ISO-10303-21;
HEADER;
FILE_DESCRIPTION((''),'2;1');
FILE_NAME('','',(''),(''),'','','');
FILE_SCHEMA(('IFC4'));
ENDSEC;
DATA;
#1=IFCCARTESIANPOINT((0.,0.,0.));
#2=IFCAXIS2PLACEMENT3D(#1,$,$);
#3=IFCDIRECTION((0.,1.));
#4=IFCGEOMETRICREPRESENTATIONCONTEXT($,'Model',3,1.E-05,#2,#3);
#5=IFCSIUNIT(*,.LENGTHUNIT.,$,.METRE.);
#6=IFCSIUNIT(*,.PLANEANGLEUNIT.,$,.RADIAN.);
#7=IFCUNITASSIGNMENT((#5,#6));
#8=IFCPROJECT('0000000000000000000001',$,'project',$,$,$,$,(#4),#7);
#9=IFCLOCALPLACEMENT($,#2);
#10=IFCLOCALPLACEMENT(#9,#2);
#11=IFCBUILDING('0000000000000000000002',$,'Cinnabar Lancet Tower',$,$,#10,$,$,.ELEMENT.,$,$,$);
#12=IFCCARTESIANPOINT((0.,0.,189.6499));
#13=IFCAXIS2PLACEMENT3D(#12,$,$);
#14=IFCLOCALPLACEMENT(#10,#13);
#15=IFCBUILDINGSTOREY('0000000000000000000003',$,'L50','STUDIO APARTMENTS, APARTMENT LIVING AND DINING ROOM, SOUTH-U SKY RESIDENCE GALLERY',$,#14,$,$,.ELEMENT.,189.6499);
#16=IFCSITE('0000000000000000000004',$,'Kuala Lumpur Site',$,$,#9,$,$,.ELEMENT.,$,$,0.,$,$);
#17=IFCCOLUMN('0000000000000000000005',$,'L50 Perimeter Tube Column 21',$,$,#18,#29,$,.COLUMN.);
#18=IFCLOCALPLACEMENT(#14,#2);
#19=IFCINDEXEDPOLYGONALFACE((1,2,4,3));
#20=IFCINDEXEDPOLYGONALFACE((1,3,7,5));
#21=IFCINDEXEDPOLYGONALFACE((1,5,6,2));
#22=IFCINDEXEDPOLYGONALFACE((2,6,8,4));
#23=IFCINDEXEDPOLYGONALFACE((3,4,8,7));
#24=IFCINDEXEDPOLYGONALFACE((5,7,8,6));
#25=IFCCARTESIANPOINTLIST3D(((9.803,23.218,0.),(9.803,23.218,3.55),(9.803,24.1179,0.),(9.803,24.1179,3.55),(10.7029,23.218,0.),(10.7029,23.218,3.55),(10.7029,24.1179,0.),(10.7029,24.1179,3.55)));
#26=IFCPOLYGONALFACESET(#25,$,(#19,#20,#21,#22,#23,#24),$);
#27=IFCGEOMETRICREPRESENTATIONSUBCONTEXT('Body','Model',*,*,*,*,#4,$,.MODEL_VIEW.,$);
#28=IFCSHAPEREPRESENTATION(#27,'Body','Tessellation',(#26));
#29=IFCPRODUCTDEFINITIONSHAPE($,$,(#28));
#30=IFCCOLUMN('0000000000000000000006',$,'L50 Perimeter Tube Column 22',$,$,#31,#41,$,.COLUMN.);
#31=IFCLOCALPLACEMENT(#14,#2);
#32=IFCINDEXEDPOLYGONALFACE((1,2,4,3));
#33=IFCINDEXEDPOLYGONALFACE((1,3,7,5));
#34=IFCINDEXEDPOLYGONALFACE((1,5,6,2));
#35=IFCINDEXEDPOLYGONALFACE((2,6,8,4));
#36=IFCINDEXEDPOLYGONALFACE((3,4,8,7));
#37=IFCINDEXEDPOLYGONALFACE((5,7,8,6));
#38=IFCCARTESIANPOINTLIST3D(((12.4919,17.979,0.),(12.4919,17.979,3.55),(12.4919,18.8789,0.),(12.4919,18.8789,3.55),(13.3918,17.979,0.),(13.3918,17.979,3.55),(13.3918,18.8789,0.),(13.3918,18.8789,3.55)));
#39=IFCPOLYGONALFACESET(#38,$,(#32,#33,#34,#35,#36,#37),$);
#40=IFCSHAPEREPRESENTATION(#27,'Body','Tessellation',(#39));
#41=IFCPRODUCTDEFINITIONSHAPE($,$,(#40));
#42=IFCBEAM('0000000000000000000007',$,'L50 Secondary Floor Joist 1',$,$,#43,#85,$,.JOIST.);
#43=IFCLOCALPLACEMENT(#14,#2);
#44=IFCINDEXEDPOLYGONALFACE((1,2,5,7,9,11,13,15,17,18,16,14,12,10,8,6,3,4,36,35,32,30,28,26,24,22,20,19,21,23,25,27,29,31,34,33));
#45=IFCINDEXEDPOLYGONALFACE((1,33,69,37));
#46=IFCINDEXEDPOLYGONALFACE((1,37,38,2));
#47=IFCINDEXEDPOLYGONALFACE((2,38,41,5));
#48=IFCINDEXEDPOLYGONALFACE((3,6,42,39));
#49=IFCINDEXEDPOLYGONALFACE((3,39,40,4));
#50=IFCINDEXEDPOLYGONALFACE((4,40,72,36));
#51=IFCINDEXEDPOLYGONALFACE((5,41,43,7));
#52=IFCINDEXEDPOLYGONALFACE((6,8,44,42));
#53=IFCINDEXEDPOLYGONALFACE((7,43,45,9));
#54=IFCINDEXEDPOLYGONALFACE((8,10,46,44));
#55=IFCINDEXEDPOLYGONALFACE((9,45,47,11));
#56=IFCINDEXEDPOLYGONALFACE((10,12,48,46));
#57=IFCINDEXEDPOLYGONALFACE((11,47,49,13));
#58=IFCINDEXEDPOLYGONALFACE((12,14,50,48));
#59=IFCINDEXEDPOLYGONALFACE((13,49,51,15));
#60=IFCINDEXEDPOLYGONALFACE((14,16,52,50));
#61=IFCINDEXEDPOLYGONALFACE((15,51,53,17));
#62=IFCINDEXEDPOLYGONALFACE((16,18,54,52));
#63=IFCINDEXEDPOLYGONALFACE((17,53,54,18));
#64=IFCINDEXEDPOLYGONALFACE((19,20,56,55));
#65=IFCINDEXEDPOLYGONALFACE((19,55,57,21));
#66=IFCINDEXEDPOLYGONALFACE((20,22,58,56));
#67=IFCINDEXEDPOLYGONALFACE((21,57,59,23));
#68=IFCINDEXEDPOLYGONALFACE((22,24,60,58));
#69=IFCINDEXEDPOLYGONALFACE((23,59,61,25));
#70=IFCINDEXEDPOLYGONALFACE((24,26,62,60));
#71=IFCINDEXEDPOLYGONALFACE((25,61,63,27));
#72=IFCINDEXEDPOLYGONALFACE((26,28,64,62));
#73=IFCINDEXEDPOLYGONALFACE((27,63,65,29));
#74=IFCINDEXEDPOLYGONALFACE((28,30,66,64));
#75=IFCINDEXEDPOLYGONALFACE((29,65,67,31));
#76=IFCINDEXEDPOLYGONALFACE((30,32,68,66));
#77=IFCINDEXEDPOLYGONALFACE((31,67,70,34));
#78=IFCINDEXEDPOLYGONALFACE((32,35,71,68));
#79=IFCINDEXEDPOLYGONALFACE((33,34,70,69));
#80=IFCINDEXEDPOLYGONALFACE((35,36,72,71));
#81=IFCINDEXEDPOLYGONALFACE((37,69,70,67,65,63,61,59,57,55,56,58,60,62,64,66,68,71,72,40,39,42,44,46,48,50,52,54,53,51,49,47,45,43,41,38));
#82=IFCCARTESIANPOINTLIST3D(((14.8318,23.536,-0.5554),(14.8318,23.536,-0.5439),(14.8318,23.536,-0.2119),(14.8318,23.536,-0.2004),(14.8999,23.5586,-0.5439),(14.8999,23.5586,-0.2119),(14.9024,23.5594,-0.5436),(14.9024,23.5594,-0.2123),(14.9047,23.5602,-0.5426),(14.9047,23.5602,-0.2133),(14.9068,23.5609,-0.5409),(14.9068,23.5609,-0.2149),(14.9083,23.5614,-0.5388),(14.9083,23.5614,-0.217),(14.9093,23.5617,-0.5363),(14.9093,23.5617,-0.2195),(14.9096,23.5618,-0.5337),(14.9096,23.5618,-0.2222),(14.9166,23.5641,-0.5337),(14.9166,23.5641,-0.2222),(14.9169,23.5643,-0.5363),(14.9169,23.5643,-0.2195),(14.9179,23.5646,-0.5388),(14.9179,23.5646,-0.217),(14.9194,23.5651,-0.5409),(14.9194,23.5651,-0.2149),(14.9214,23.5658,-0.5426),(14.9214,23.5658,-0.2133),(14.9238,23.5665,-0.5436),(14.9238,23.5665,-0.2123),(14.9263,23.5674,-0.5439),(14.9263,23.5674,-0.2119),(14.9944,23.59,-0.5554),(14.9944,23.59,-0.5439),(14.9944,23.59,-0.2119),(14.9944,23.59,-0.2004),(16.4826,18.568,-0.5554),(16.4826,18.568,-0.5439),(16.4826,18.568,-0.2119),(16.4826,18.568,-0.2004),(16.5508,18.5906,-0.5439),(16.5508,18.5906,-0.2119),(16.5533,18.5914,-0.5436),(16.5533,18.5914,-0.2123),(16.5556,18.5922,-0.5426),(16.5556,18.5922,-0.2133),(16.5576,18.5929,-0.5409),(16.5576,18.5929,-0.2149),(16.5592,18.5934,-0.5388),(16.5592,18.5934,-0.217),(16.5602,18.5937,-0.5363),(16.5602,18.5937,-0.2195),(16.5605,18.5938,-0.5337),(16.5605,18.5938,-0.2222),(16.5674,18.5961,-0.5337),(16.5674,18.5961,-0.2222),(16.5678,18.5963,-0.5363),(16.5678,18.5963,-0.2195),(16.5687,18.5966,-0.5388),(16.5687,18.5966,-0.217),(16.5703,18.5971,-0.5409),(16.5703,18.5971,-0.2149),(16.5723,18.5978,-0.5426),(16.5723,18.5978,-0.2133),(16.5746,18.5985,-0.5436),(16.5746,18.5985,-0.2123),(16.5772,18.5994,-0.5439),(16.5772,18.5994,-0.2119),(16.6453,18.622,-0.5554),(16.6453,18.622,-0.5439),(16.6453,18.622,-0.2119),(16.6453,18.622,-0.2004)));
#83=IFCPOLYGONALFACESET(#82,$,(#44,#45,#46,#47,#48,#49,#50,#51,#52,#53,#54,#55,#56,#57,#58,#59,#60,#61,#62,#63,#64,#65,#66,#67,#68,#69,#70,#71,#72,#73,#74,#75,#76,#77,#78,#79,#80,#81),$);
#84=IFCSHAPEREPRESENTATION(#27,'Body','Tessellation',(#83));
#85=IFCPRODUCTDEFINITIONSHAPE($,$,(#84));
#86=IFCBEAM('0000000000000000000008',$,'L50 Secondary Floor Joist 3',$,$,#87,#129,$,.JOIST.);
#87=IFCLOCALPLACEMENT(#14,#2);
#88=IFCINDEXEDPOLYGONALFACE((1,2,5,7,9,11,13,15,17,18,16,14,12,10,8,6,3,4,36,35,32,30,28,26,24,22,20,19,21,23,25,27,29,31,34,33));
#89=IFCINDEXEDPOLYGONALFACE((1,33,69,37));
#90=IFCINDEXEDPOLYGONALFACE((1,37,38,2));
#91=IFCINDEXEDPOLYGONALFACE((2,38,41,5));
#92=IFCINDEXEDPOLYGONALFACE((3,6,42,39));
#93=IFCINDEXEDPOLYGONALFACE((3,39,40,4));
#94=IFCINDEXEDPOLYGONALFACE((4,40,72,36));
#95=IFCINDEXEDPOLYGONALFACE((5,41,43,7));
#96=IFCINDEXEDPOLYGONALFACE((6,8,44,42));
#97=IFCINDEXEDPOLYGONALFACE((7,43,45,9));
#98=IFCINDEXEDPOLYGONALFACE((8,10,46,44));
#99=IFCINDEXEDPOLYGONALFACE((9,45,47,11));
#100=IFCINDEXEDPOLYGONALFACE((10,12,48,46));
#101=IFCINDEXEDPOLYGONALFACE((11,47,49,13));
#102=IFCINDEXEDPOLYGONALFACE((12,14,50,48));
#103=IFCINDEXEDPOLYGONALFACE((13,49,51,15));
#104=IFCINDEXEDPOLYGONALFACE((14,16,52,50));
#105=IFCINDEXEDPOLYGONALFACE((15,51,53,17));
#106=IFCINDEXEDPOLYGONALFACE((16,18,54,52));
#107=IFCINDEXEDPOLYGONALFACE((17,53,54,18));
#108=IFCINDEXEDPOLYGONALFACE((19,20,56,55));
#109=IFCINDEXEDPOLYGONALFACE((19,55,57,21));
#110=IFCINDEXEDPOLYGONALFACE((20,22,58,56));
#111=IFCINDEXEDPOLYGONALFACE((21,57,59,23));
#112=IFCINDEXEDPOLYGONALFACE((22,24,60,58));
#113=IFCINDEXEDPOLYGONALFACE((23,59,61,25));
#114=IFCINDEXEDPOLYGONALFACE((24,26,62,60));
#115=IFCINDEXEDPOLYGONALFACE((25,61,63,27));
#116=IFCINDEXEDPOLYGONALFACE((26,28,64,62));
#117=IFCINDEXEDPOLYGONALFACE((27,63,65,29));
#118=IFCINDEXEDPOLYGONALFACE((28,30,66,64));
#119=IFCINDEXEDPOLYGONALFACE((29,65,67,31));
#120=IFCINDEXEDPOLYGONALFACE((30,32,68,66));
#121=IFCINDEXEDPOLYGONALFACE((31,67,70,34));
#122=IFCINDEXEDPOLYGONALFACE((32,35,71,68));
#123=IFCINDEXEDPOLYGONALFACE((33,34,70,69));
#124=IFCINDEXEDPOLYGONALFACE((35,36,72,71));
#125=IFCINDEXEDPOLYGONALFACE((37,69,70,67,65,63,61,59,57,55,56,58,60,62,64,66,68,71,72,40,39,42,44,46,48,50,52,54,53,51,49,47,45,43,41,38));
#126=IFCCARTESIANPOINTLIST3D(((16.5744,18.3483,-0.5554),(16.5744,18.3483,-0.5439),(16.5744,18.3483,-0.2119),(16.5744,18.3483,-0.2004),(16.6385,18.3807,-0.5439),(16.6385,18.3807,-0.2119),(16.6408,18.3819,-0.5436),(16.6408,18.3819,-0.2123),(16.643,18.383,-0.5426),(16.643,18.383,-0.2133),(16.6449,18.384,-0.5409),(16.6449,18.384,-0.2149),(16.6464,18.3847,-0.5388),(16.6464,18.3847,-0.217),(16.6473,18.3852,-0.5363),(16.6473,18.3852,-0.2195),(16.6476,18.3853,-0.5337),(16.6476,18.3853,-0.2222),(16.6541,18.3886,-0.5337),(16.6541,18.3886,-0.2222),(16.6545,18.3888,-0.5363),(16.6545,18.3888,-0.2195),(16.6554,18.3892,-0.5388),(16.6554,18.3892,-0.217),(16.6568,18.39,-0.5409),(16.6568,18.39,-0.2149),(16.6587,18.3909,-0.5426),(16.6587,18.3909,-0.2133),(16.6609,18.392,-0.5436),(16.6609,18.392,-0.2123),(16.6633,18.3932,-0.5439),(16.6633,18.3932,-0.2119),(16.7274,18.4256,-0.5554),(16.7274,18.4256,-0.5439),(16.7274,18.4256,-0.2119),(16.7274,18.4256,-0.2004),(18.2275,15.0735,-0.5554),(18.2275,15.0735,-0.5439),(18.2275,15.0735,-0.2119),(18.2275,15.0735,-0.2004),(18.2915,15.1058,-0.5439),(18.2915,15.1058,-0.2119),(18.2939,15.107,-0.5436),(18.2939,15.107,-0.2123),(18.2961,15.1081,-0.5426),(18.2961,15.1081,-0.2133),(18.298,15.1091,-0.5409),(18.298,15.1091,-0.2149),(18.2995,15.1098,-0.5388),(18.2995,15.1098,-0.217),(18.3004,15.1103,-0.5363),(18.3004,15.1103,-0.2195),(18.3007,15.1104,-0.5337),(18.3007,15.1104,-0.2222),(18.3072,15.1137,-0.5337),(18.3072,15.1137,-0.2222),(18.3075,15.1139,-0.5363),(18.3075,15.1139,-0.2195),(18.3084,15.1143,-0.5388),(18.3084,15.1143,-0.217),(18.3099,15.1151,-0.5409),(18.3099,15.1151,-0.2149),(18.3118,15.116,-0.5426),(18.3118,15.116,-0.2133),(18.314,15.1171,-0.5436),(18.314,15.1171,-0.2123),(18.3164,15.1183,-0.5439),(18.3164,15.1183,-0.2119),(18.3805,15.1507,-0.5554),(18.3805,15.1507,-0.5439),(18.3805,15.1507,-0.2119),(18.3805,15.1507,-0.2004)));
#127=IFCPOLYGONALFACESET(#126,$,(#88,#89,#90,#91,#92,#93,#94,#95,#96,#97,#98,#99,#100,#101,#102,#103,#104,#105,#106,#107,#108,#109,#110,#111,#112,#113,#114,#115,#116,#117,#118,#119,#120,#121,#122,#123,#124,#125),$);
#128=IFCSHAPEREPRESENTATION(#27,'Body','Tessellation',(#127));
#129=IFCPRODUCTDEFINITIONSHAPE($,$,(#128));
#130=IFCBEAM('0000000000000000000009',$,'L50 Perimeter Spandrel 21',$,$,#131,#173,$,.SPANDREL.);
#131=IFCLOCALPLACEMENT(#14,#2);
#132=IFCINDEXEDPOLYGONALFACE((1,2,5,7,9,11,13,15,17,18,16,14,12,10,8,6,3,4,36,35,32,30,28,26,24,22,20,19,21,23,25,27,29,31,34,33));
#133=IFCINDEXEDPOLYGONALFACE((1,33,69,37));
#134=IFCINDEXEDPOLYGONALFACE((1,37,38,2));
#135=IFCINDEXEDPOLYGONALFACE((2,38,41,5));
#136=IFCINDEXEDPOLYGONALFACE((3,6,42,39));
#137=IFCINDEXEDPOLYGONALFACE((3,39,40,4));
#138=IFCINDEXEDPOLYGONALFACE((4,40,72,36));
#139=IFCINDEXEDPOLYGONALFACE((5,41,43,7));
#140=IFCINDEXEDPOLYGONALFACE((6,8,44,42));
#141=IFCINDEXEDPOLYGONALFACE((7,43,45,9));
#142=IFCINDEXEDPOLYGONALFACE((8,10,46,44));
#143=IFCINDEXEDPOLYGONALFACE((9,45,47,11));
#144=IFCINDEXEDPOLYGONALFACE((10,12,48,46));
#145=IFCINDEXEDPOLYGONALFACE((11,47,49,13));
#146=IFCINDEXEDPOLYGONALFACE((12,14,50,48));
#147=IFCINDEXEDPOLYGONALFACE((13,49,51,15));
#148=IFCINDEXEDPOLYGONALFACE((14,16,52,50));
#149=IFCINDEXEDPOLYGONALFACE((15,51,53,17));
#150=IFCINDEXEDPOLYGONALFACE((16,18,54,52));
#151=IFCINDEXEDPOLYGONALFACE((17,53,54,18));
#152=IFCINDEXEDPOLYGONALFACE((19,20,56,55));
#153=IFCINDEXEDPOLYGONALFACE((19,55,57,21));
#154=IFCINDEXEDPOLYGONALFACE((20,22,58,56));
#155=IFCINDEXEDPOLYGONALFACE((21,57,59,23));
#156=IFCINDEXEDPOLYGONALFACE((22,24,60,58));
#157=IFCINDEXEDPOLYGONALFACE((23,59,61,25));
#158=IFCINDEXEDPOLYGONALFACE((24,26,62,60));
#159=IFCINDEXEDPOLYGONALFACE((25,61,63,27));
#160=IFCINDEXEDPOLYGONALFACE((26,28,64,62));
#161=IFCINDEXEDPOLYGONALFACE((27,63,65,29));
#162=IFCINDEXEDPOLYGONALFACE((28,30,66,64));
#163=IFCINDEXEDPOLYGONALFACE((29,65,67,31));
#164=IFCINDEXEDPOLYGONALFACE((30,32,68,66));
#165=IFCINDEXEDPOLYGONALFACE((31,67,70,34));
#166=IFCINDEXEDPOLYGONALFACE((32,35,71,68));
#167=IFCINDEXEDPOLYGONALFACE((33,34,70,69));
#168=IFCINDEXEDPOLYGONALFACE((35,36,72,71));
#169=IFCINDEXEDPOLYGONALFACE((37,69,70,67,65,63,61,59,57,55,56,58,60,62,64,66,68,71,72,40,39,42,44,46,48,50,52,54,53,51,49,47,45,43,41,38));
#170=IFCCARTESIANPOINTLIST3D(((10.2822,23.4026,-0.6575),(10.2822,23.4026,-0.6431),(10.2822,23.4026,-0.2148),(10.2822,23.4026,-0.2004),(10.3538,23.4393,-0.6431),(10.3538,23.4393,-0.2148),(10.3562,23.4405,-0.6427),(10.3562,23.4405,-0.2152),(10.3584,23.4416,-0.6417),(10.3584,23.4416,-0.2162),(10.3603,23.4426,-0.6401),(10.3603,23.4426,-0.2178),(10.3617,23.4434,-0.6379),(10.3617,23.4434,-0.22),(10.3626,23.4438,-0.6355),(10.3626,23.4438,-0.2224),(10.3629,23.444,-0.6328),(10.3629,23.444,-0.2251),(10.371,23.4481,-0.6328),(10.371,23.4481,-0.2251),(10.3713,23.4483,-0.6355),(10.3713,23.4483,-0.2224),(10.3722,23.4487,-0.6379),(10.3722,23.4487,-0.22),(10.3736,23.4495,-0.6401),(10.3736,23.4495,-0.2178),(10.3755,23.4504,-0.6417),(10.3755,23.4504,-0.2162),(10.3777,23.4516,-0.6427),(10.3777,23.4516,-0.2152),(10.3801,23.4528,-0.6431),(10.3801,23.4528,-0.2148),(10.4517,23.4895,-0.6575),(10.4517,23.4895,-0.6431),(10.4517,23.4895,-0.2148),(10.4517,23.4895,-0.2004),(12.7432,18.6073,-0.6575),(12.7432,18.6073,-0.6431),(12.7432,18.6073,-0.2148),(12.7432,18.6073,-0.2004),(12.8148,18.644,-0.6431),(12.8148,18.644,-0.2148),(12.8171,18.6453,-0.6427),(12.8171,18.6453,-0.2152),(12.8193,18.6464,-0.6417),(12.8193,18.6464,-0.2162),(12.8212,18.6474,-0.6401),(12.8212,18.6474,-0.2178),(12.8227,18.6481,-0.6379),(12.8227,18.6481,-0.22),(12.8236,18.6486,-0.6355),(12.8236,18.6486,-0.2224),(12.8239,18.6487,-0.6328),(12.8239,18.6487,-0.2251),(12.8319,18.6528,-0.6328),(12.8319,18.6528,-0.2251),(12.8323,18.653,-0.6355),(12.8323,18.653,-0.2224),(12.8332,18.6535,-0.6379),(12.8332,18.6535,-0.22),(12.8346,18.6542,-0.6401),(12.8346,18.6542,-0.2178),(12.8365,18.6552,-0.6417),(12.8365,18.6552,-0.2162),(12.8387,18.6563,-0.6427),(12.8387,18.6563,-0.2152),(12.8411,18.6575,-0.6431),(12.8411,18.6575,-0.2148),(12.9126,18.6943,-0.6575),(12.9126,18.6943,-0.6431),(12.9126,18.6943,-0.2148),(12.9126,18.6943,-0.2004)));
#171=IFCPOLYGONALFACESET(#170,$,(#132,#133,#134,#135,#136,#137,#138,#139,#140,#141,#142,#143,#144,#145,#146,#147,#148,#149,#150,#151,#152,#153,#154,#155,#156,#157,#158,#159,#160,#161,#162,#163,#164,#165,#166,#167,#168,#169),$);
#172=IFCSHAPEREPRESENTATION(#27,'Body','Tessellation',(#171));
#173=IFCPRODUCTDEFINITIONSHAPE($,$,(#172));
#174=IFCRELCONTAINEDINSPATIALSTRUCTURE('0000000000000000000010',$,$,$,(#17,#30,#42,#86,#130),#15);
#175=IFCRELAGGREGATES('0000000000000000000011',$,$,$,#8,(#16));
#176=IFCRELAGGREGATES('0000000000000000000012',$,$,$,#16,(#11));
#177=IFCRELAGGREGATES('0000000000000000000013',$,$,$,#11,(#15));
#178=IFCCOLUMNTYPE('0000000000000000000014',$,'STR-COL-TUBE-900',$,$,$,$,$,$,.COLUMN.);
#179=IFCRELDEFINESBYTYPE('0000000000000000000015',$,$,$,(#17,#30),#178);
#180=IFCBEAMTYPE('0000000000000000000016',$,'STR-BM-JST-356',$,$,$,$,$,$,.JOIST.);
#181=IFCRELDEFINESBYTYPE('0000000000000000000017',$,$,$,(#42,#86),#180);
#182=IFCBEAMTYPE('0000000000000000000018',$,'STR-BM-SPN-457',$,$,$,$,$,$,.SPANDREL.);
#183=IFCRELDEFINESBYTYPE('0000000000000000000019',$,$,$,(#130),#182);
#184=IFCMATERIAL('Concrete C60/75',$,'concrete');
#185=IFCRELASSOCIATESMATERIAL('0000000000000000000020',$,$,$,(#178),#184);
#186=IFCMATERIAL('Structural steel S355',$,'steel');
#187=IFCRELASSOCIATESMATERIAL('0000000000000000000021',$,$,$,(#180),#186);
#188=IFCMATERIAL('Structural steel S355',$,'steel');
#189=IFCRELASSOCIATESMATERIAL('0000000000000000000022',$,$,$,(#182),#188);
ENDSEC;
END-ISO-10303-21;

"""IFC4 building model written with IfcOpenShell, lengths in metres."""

from ifc_helpers import new_model, si_unit, direction, frame, origin, origin_2d, place, context, subcontext, project, spatial, rectangle, i_section, extrude, material, material_profile, profile_set, type_object, element, save


model = new_model("IFC4")

# Units and contexts
model_context = context("Model", 3, precision=1e-05, world=origin(), true_north=direction((0.0, 1.0)))
body_context = subcontext(model_context, "Body", "Model", "MODEL_VIEW")
ifc_project = project(units=[si_unit("LENGTHUNIT", "METRE"), si_unit("PLANEANGLEUNIT", "RADIAN")], contexts=[model_context])

# Site, building, storey
site_placement = place(None, origin())
site = spatial("IfcSite", under=ifc_project, at=site_placement, Name="Kuala Lumpur Site", CompositionType="ELEMENT", RefElevation=0.0)
building_placement = place(site_placement, origin())
building = spatial("IfcBuilding", under=site, at=building_placement, Name="Cinnabar Lancet Tower", CompositionType="ELEMENT")
storey_placement = place(building_placement, frame((0.0, 0.0, 189.6499)))
storey = spatial("IfcBuildingStorey", under=building, at=storey_placement, Name="L50", Description="STUDIO APARTMENTS, APARTMENT LIVING AND DINING ROOM, SOUTH-U SKY RESIDENCE GALLERY", CompositionType="ELEMENT", Elevation=189.6499)

# Columns
ifc_material_1 = material(Name="Concrete C60/75", Category="concrete")
ifc_material_profile_1 = material_profile(ifc_material_1, rectangle(XDim=0.8999, YDim=0.8999, at=origin_2d()), Name="RC-COL 900x900")
ifc_profile_set_1 = profile_set([ifc_material_profile_1], Name="Concrete C60/75")
column_type = type_object("IfcColumnType", Name="STR-COL-TUBE-900", PredefinedType="COLUMN", material=ifc_profile_set_1)
for number, where, z_axis, x_axis, name in (
    (1, (10.2529, 23.668, 0.0), (0.0, 0.0, 1.0), (1.0, 0.0, 0.0), "L50 Perimeter Tube Column 21"),
    (2, (12.9419, 18.429, 0.0), (0.0, 0.0, 1.0), (1.0, 0.0, 0.0), "L50 Perimeter Tube Column 22"),
):
    element("IfcColumn", number, at=place(storey_placement, frame(where, z_axis=z_axis, x_axis=x_axis)), inside=storey, type_object=column_type, Name=name, PredefinedType="COLUMN", context=body_context, shape_type="SweptSolid", body=[
        extrude(rectangle(XDim=0.8999, YDim=0.8999, at=origin_2d()), origin(), (0.0, 0.0, 1.0), 3.55),
    ])

# Beams
ifc_material_2 = material(Name="Structural steel S355", Category="steel")
ifc_material_profile_2 = material_profile(ifc_material_2, i_section(OverallWidth=0.1714, OverallDepth=0.355, WebThickness=0.0073, FlangeThickness=0.0115, FilletRadius=0.0103, at=origin_2d()), Name="UKB 356x171x51")
ifc_profile_set_2 = profile_set([ifc_material_profile_2], Name="Structural steel S355")
beam_type_1 = type_object("IfcBeamType", Name="STR-BM-JST-356", PredefinedType="JOIST", material=ifc_profile_set_2)
beam_1_placement = place(storey_placement, frame((14.9131, 23.563, -0.3779), z_axis=(0.315346, -0.948977, 0.0), x_axis=(0.948977, 0.315346, 0.0)))
element("IfcBeam", 3, at=beam_1_placement, inside=storey, type_object=beam_type_1, Name="L50 Secondary Floor Joist 1", PredefinedType="JOIST", context=body_context, shape_type="SweptSolid", body=[
    extrude(i_section(OverallWidth=0.1714, OverallDepth=0.355, WebThickness=0.0073, FlangeThickness=0.0115, FilletRadius=0.0103, at=origin_2d()), origin(), (0.0, 0.0, 1.0), 5.2351),
])
beam_2_placement = place(storey_placement, frame((16.6509, 18.387, -0.3779), z_axis=(0.450618, -0.892717, 0.0), x_axis=(0.892717, 0.450618, 0.0)))
element("IfcBeam", 4, at=beam_2_placement, inside=storey, type_object=beam_type_1, Name="L50 Secondary Floor Joist 3", PredefinedType="JOIST", context=body_context, shape_type="SweptSolid", body=[
    extrude(i_section(OverallWidth=0.1714, OverallDepth=0.355, WebThickness=0.0073, FlangeThickness=0.0115, FilletRadius=0.0103, at=origin_2d()), origin(), (0.0, 0.0, 1.0), 3.6685),
])
ifc_material_3 = material(Name="Structural steel S355", Category="steel")
ifc_material_profile_3 = material_profile(ifc_material_3, i_section(OverallWidth=0.1904, OverallDepth=0.457, WebThickness=0.009, FlangeThickness=0.0144, FilletRadius=0.0103, at=origin_2d()), Name="UKB 457x191x74")
ifc_profile_set_3 = profile_set([ifc_material_profile_3], Name="Structural steel S355")
beam_type_2 = type_object("IfcBeamType", Name="STR-BM-SPN-457", PredefinedType="SPANDREL", material=ifc_profile_set_3)
beam_3_placement = place(storey_placement, frame((10.3669, 23.446, -0.429), z_axis=(0.456593, -0.889676, 0.0), x_axis=(0.889676, 0.456593, 0.0)))
element("IfcBeam", 5, at=beam_3_placement, inside=storey, type_object=beam_type_2, Name="L50 Perimeter Spandrel 21", PredefinedType="SPANDREL", context=body_context, shape_type="SweptSolid", body=[
    extrude(i_section(OverallWidth=0.1904, OverallDepth=0.457, WebThickness=0.009, FlangeThickness=0.0144, FilletRadius=0.0103, at=origin_2d()), origin(), (0.0, 0.0, 1.0), 5.3899),
])

save(model, "model.ifc")
